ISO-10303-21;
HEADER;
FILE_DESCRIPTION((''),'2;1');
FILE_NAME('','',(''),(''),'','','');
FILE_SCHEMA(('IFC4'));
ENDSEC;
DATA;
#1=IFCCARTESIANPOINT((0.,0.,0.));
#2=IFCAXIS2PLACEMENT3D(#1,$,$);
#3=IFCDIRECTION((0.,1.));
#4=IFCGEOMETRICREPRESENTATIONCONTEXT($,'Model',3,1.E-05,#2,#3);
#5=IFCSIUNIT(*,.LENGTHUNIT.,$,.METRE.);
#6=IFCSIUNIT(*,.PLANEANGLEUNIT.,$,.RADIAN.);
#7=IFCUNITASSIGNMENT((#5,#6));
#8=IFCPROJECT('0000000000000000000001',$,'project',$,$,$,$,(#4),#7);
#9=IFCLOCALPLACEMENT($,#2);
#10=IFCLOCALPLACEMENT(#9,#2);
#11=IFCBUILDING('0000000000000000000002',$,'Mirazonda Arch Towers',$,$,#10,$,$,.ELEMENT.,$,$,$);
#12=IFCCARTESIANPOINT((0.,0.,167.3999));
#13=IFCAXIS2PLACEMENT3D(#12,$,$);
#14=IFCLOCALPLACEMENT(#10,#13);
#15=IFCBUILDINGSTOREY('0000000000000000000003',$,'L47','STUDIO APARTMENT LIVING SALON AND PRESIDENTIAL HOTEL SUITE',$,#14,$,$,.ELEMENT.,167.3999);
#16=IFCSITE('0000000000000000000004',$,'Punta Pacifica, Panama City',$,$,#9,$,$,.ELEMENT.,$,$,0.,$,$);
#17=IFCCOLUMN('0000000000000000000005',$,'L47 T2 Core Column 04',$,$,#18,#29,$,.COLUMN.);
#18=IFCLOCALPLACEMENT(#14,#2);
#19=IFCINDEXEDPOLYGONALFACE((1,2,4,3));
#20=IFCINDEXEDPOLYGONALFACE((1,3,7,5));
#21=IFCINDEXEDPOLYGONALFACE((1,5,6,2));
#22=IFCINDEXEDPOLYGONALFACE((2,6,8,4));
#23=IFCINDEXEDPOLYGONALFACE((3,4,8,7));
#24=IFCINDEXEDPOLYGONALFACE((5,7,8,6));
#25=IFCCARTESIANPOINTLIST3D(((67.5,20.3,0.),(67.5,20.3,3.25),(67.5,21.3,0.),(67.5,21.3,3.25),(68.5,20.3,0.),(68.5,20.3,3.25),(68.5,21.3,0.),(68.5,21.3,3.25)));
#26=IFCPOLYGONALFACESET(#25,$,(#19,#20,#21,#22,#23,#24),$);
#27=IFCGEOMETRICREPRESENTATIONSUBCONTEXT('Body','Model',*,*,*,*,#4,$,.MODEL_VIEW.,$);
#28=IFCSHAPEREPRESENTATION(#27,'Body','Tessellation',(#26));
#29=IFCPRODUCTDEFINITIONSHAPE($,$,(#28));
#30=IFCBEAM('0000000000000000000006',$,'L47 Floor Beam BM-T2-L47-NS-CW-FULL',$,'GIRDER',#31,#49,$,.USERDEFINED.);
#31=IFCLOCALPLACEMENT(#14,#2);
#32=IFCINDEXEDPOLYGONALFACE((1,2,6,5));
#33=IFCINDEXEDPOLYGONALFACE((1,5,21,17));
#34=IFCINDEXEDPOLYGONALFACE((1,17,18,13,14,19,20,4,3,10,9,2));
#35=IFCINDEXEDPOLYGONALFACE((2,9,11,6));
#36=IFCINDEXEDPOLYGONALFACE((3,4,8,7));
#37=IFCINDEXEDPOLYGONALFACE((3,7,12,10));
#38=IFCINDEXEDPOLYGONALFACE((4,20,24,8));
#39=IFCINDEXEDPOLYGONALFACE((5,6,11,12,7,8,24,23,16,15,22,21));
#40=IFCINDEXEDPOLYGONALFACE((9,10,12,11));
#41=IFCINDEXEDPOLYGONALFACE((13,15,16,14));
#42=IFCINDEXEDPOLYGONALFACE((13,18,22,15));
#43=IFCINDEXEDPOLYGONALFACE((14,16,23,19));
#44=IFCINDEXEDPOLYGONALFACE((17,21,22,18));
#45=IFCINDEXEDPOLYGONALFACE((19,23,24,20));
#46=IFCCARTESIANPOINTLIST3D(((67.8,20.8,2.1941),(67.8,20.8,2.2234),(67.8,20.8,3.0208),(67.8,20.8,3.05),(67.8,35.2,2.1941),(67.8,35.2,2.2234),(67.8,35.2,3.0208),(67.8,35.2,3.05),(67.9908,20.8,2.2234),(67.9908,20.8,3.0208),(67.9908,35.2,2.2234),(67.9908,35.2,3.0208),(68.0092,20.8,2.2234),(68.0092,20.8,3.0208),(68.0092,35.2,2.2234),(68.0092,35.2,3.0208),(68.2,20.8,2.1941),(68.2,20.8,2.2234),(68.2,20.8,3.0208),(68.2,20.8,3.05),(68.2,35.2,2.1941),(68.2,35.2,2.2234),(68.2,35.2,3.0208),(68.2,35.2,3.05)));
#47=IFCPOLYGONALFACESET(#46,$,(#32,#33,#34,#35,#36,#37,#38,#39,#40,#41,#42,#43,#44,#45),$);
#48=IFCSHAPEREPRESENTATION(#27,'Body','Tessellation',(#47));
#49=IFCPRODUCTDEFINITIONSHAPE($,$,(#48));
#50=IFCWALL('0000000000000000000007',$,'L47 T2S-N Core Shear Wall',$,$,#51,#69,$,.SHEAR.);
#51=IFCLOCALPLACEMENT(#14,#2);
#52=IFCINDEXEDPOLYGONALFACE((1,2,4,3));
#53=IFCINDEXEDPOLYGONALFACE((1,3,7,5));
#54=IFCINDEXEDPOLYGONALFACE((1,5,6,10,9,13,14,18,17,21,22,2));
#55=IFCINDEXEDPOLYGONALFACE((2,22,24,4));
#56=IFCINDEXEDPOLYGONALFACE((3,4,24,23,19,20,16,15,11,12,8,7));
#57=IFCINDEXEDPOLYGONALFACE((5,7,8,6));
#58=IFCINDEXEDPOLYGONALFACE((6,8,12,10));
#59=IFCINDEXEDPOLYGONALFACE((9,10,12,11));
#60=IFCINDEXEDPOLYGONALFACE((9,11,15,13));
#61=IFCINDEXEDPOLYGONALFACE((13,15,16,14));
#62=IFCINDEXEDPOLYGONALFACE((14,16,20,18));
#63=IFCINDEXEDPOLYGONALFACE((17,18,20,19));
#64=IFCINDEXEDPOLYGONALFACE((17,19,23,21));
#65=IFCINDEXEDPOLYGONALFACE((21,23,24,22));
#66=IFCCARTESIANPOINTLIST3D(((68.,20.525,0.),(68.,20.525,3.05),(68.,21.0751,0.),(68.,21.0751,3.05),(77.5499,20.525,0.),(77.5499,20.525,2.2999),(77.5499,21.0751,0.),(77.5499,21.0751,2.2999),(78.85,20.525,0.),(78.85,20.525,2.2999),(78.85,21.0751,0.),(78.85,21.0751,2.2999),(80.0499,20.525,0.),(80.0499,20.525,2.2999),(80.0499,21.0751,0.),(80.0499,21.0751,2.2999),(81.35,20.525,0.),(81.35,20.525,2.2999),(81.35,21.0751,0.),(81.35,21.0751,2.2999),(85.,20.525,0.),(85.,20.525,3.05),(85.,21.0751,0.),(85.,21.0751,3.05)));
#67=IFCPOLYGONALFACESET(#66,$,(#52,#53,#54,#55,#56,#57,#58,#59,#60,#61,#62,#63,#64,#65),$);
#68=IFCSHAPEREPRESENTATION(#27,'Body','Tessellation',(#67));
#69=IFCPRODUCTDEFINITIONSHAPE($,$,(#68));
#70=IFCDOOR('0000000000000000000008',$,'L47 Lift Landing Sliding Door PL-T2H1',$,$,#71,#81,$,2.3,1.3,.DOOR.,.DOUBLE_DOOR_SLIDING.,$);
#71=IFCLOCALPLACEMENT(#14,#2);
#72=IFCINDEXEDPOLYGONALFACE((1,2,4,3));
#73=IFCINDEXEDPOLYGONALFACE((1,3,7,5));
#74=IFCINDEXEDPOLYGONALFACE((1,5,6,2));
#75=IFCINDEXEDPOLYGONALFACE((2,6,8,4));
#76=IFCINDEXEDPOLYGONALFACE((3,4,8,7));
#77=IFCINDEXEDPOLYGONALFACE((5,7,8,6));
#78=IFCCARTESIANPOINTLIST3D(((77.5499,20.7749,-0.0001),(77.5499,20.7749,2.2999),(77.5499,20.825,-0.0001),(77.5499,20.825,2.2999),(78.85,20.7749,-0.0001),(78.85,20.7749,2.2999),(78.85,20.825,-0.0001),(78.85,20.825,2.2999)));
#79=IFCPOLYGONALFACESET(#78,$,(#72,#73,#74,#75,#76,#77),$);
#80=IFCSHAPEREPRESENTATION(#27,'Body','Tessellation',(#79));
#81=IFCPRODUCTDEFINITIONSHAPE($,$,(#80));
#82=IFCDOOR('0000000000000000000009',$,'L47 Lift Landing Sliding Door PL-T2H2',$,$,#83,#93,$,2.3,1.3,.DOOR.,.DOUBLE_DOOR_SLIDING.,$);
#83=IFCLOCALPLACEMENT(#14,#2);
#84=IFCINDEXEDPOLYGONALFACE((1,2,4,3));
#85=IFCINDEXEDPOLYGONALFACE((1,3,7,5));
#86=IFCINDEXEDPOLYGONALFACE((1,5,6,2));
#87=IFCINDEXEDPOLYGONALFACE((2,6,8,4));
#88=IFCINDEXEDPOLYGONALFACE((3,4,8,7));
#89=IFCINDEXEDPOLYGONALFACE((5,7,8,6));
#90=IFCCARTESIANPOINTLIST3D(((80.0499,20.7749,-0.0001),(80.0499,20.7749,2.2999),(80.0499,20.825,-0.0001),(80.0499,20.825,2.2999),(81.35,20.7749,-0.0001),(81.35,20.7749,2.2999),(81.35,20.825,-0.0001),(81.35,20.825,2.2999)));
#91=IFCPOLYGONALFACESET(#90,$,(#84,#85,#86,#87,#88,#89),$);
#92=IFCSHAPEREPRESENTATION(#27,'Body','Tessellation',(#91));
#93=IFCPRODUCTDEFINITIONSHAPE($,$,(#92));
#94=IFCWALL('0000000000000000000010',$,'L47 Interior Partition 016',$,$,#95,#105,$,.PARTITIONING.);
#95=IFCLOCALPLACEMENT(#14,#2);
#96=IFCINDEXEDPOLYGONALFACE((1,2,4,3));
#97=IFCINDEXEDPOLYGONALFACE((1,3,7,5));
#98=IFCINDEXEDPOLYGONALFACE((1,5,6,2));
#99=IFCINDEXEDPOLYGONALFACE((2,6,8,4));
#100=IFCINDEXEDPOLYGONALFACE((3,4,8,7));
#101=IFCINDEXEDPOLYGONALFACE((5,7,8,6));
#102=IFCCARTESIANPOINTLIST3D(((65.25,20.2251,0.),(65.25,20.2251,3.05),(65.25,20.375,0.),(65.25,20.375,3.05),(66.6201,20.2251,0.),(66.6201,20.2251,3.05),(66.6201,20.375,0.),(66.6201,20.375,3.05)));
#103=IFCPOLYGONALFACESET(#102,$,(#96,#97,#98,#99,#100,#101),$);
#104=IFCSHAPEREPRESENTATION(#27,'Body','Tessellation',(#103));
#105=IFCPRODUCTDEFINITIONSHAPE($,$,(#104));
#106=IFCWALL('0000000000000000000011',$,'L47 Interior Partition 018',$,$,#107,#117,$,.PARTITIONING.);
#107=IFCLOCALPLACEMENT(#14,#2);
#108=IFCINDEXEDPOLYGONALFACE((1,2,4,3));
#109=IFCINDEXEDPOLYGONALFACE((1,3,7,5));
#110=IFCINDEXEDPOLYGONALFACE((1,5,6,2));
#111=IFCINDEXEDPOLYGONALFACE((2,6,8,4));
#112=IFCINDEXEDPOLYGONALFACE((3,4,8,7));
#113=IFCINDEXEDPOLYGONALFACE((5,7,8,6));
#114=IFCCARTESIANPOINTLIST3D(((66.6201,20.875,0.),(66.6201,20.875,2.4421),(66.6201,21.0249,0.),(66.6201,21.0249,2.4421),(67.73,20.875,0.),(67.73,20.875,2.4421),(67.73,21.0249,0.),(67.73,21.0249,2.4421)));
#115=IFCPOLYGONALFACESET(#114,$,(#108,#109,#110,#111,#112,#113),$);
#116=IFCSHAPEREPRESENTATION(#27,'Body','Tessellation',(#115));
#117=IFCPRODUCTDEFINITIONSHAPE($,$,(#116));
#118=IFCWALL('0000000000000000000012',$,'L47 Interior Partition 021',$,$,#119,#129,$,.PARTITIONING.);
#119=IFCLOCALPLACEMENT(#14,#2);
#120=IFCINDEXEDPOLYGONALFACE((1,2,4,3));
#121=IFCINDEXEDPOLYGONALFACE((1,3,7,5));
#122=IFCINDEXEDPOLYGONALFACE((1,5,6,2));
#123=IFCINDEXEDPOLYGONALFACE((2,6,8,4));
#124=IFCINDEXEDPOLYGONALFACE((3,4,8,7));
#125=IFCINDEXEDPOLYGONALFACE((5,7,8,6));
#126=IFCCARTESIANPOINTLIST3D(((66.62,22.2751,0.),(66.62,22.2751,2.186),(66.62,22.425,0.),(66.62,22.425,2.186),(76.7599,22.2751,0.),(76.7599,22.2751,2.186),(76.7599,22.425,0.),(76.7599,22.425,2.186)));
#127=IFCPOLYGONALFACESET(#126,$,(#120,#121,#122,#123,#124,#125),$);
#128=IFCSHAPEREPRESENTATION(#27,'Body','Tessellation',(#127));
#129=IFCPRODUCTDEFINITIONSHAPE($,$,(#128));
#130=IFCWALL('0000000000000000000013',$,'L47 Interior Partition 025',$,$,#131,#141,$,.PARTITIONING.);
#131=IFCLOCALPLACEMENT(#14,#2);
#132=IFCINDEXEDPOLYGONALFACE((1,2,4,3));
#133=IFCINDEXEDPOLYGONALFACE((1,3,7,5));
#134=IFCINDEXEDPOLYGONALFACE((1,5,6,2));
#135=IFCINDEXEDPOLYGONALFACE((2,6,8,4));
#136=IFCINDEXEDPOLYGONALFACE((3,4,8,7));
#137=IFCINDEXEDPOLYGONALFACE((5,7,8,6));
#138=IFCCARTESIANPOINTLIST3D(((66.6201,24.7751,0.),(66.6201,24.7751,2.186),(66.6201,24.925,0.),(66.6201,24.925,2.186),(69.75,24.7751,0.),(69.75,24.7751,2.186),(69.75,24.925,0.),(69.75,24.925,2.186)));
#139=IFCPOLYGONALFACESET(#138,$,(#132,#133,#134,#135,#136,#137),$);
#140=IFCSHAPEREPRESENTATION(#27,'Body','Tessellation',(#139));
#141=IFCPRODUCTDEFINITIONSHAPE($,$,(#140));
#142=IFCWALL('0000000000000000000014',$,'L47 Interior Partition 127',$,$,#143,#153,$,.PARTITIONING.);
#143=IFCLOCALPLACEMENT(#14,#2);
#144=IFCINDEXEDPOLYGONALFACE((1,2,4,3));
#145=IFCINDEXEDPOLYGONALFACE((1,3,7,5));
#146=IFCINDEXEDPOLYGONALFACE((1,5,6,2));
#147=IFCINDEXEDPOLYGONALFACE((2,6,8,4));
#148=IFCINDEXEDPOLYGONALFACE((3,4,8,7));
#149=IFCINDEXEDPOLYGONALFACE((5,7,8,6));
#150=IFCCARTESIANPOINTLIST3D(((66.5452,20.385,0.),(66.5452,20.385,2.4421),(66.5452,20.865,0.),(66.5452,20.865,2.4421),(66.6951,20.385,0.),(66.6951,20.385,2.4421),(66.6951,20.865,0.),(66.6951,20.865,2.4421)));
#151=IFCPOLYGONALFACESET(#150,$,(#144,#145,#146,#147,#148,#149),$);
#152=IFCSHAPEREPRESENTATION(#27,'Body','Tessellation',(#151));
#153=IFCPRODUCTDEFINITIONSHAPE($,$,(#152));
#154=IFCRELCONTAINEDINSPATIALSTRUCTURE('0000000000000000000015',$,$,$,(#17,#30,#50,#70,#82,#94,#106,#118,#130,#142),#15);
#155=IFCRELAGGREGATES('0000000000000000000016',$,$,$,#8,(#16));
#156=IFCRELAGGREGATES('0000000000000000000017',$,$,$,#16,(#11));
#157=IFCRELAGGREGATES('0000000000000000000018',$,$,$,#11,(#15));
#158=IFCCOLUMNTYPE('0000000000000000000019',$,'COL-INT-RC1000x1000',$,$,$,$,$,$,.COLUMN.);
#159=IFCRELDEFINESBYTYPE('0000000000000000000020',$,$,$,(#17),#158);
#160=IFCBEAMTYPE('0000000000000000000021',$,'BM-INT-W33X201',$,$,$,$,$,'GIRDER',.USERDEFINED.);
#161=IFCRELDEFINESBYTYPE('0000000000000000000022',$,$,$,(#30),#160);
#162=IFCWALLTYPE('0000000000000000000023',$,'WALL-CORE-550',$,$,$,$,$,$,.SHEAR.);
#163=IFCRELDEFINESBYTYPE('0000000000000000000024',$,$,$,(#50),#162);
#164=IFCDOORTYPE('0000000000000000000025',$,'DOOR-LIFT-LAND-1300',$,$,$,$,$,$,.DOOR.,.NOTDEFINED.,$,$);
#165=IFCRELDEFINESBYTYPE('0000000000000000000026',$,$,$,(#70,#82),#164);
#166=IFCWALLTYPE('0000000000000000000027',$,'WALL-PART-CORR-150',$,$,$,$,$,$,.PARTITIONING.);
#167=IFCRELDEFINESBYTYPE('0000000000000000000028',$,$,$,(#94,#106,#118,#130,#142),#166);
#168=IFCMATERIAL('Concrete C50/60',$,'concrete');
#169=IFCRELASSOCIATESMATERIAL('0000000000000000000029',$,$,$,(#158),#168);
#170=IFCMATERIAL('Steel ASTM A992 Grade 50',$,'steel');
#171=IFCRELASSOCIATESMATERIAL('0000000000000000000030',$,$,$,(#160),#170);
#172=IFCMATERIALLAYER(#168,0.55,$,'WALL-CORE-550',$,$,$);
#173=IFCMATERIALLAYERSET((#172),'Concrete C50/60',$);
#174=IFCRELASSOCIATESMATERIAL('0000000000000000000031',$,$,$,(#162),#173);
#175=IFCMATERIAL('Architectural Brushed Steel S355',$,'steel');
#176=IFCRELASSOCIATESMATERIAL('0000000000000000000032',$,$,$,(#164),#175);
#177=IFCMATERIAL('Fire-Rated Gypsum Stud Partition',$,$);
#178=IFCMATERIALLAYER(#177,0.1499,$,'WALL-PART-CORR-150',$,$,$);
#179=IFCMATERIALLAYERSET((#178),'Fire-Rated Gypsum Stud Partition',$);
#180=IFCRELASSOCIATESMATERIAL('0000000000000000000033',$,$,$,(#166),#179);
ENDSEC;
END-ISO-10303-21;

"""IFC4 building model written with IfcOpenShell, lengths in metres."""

from ifc_helpers import new_model, si_unit, direction, frame, frame_2d, origin, origin_2d, place, context, subcontext, project, spatial, rectangle, i_section, extrude, material, layer, layer_set, material_profile, profile_set, type_object, element, fill, save


model = new_model("IFC4")

# Units and contexts
model_context = context("Model", 3, precision=1e-05, world=origin(), true_north=direction((0.0, 1.0)))
body_context = subcontext(model_context, "Body", "Model", "MODEL_VIEW")
ifc_project = project(units=[si_unit("LENGTHUNIT", "METRE"), si_unit("PLANEANGLEUNIT", "RADIAN")], contexts=[model_context])

# Site, building, storey
site_placement = place(None, origin())
site = spatial("IfcSite", under=ifc_project, at=site_placement, Name="Punta Pacifica, Panama City", CompositionType="ELEMENT", RefElevation=0.0)
building_placement = place(site_placement, origin())
building = spatial("IfcBuilding", under=site, at=building_placement, Name="Mirazonda Arch Towers", CompositionType="ELEMENT")
storey_placement = place(building_placement, frame((0.0, 0.0, 167.3999)))
storey = spatial("IfcBuildingStorey", under=building, at=storey_placement, Name="L47", Description="STUDIO APARTMENT LIVING SALON AND PRESIDENTIAL HOTEL SUITE", CompositionType="ELEMENT", Elevation=167.3999)

# Column
ifc_material_1 = material(Name="Concrete C50/60", Category="concrete")
ifc_material_profile_1 = material_profile(ifc_material_1, rectangle(XDim=1.0, YDim=1.0, at=origin_2d()), Name="RC1000x1000")
ifc_profile_set_1 = profile_set([ifc_material_profile_1], Name="Concrete C50/60")
column_type = type_object("IfcColumnType", Name="COL-INT-RC1000x1000", PredefinedType="COLUMN", material=ifc_profile_set_1)
column_placement = place(storey_placement, frame((68.0, 20.8, 0.0), z_axis=(0.0, 0.0, 1.0), x_axis=(1.0, 0.0, 0.0)))
element("IfcColumn", 1, at=column_placement, inside=storey, type_object=column_type, Name="L47 T2 Core Column 04", PredefinedType="COLUMN", context=body_context, shape_type="SweptSolid", body=[
    extrude(rectangle(XDim=1.0, YDim=1.0, at=origin_2d()), origin(), (0.0, 0.0, 1.0), 3.25),
])

# Beam
ifc_material_2 = material(Name="Steel ASTM A992 Grade 50", Category="steel")
ifc_material_profile_2 = material_profile(ifc_material_2, i_section(OverallWidth=0.3999, OverallDepth=0.856, WebThickness=0.0183, FlangeThickness=0.0293, at=origin_2d()), Name="W33X201")
ifc_profile_set_2 = profile_set([ifc_material_profile_2], Name="Steel ASTM A992 Grade 50")
beam_type = type_object("IfcBeamType", Name="BM-INT-W33X201", ElementType="GIRDER", PredefinedType="USERDEFINED", material=ifc_profile_set_2)
beam_placement = place(storey_placement, frame((68.0, 20.8, 2.6221), z_axis=(0.0, 1.0, 0.0), x_axis=(-1.0, 0.0, 0.0)))
element("IfcBeam", 2, at=beam_placement, inside=storey, type_object=beam_type, Name="L47 Floor Beam BM-T2-L47-NS-CW-FULL", ObjectType="GIRDER", PredefinedType="USERDEFINED", context=body_context, shape_type="SweptSolid", body=[
    extrude(i_section(OverallWidth=0.3999, OverallDepth=0.856, WebThickness=0.0183, FlangeThickness=0.0293, at=origin_2d()), origin(), (0.0, 0.0, 1.0), 14.3999),
])

# Wall, openings, doors
ifc_layer_1 = layer(ifc_material_1, 0.55, Name="WALL-CORE-550")
ifc_layer_set_1 = layer_set([ifc_layer_1], Name="Concrete C50/60")
wall_type_1 = type_object("IfcWallType", Name="WALL-CORE-550", PredefinedType="SHEAR", material=ifc_layer_set_1)
wall_1_placement = place(storey_placement, frame((68.0, 20.8, 0.0), z_axis=(0.0, 0.0, 1.0), x_axis=(1.0, 0.0, 0.0)))
wall_1 = element("IfcWall", 3, at=wall_1_placement, inside=storey, type_object=wall_type_1, Name="L47 T2S-N Core Shear Wall", PredefinedType="SHEAR", context=body_context, shape_type="SweptSolid", body=[
    extrude(rectangle(XDim=17.0, YDim=0.55, at=frame_2d((8.5, 0.0))), origin(), (0.0, 0.0, 1.0), 3.05),
])
opening_1_placement = place(wall_1_placement, frame((9.55, 0.0, 0.0)))
opening_1 = element("IfcOpeningElement", 4, at=opening_1_placement, cuts=wall_1, PredefinedType="OPENING", context=body_context, shape_type="SweptSolid", body=[
    extrude(rectangle(XDim=1.3, YDim=2.3, at=frame_2d((0.6499, 1.1499))), frame((0.0, 0.2849, 0.0), z_axis=(0.0, -1.0, 0.0), x_axis=(1.0, 0.0, 0.0)), (0.0, 0.0, 1.0), 0.5701),
])
opening_2_placement = place(wall_1_placement, frame((12.05, 0.0, 0.0)))
opening_2 = element("IfcOpeningElement", 5, at=opening_2_placement, cuts=wall_1, PredefinedType="OPENING", context=body_context, shape_type="SweptSolid", body=[
    extrude(rectangle(XDim=1.3, YDim=2.3, at=frame_2d((0.6499, 1.1499))), frame((0.0, 0.2849, 0.0), z_axis=(0.0, -1.0, 0.0), x_axis=(1.0, 0.0, 0.0)), (0.0, 0.0, 1.0), 0.5701),
])
ifc_material_3 = material(Name="Architectural Brushed Steel S355", Category="steel")
door_type_1 = type_object("IfcDoorType", Name="DOOR-LIFT-LAND-1300", OperationType="NOTDEFINED", PredefinedType="DOOR", material=ifc_material_3)
door_1_placement = place(opening_1_placement, origin())
door_1 = element("IfcDoor", 6, at=door_1_placement, inside=storey, type_object=door_type_1, Name="L47 Lift Landing Sliding Door PL-T2H1", OperationType="DOUBLE_DOOR_SLIDING", OverallHeight=2.3, OverallWidth=1.3, PredefinedType="DOOR", context=body_context, shape_type="SweptSolid", body=[
    extrude(rectangle(XDim=1.3, YDim=2.3, at=frame_2d((0.6499, 1.1499))), frame((0.0, 0.0249, 0.0), z_axis=(0.0, -1.0, 0.0), x_axis=(1.0, 0.0, 0.0)), (0.0, 0.0, 1.0), 0.05),
])
fill(opening_1, door_1)
door_2_placement = place(opening_2_placement, origin())
door_2 = element("IfcDoor", 7, at=door_2_placement, inside=storey, type_object=door_type_1, Name="L47 Lift Landing Sliding Door PL-T2H2", OperationType="DOUBLE_DOOR_SLIDING", OverallHeight=2.3, OverallWidth=1.3, PredefinedType="DOOR", context=body_context, shape_type="SweptSolid", body=[
    extrude(rectangle(XDim=1.3, YDim=2.3, at=frame_2d((0.6499, 1.1499))), frame((0.0, 0.0249, 0.0), z_axis=(0.0, -1.0, 0.0), x_axis=(1.0, 0.0, 0.0)), (0.0, 0.0, 1.0), 0.05),
])
fill(opening_2, door_2)

# Walls
ifc_material_4 = material(Name="Fire-Rated Gypsum Stud Partition")
ifc_layer_2 = layer(ifc_material_4, 0.1499, Name="WALL-PART-CORR-150")
ifc_layer_set_2 = layer_set([ifc_layer_2], Name="Fire-Rated Gypsum Stud Partition")
wall_type_2 = type_object("IfcWallType", Name="WALL-PART-CORR-150", PredefinedType="PARTITIONING", material=ifc_layer_set_2)
wall_2_placement = place(storey_placement, frame((65.25, 20.3, 0.0), z_axis=(0.0, 0.0, 1.0), x_axis=(1.0, 0.0, 0.0)))
element("IfcWall", 8, at=wall_2_placement, inside=storey, type_object=wall_type_2, Name="L47 Interior Partition 016", PredefinedType="PARTITIONING", context=body_context, shape_type="SweptSolid", body=[
    extrude(rectangle(XDim=1.3701, YDim=0.1499, at=frame_2d((0.6851, 0.0))), origin(), (0.0, 0.0, 1.0), 3.05),
])
wall_3_placement = place(storey_placement, frame((66.6201, 20.95, 0.0), z_axis=(0.0, 0.0, 1.0), x_axis=(1.0, 0.0, 0.0)))
element("IfcWall", 9, at=wall_3_placement, inside=storey, type_object=wall_type_2, Name="L47 Interior Partition 018", PredefinedType="PARTITIONING", context=body_context, shape_type="SweptSolid", body=[
    extrude(rectangle(XDim=1.1099, YDim=0.1499, at=frame_2d((0.5549, 0.0))), origin(), (0.0, 0.0, 1.0), 2.4421),
])
wall_4_placement = place(storey_placement, frame((66.6201, 22.3501, 0.0), z_axis=(0.0, 0.0, 1.0), x_axis=(1.0, 0.0, 0.0)))
element("IfcWall", 10, at=wall_4_placement, inside=storey, type_object=wall_type_2, Name="L47 Interior Partition 021", PredefinedType="PARTITIONING", context=body_context, shape_type="SweptSolid", body=[
    extrude(rectangle(XDim=10.1399, YDim=0.1499, at=frame_2d((5.0698, 0.0))), origin(), (0.0, 0.0, 1.0), 2.186),
])
wall_5_placement = place(storey_placement, frame((66.6201, 24.8501, 0.0), z_axis=(0.0, 0.0, 1.0), x_axis=(1.0, 0.0, 0.0)))
element("IfcWall", 11, at=wall_5_placement, inside=storey, type_object=wall_type_2, Name="L47 Interior Partition 025", PredefinedType="PARTITIONING", context=body_context, shape_type="SweptSolid", body=[
    extrude(rectangle(XDim=3.1299, YDim=0.1499, at=frame_2d((1.5649, 0.0))), origin(), (0.0, 0.0, 1.0), 2.186),
])
wall_6_placement = place(storey_placement, frame((66.6201, 20.385, 0.0), z_axis=(0.0, 0.0, 1.0), x_axis=(0.0, 1.0, 0.0)))
element("IfcWall", 12, at=wall_6_placement, inside=storey, type_object=wall_type_2, Name="L47 Interior Partition 127", PredefinedType="PARTITIONING", context=body_context, shape_type="SweptSolid", body=[
    extrude(rectangle(XDim=0.48, YDim=0.1499, at=frame_2d((0.24, 0.0))), origin(), (0.0, 0.0, 1.0), 2.4421),
])

save(model, "model.ifc")
